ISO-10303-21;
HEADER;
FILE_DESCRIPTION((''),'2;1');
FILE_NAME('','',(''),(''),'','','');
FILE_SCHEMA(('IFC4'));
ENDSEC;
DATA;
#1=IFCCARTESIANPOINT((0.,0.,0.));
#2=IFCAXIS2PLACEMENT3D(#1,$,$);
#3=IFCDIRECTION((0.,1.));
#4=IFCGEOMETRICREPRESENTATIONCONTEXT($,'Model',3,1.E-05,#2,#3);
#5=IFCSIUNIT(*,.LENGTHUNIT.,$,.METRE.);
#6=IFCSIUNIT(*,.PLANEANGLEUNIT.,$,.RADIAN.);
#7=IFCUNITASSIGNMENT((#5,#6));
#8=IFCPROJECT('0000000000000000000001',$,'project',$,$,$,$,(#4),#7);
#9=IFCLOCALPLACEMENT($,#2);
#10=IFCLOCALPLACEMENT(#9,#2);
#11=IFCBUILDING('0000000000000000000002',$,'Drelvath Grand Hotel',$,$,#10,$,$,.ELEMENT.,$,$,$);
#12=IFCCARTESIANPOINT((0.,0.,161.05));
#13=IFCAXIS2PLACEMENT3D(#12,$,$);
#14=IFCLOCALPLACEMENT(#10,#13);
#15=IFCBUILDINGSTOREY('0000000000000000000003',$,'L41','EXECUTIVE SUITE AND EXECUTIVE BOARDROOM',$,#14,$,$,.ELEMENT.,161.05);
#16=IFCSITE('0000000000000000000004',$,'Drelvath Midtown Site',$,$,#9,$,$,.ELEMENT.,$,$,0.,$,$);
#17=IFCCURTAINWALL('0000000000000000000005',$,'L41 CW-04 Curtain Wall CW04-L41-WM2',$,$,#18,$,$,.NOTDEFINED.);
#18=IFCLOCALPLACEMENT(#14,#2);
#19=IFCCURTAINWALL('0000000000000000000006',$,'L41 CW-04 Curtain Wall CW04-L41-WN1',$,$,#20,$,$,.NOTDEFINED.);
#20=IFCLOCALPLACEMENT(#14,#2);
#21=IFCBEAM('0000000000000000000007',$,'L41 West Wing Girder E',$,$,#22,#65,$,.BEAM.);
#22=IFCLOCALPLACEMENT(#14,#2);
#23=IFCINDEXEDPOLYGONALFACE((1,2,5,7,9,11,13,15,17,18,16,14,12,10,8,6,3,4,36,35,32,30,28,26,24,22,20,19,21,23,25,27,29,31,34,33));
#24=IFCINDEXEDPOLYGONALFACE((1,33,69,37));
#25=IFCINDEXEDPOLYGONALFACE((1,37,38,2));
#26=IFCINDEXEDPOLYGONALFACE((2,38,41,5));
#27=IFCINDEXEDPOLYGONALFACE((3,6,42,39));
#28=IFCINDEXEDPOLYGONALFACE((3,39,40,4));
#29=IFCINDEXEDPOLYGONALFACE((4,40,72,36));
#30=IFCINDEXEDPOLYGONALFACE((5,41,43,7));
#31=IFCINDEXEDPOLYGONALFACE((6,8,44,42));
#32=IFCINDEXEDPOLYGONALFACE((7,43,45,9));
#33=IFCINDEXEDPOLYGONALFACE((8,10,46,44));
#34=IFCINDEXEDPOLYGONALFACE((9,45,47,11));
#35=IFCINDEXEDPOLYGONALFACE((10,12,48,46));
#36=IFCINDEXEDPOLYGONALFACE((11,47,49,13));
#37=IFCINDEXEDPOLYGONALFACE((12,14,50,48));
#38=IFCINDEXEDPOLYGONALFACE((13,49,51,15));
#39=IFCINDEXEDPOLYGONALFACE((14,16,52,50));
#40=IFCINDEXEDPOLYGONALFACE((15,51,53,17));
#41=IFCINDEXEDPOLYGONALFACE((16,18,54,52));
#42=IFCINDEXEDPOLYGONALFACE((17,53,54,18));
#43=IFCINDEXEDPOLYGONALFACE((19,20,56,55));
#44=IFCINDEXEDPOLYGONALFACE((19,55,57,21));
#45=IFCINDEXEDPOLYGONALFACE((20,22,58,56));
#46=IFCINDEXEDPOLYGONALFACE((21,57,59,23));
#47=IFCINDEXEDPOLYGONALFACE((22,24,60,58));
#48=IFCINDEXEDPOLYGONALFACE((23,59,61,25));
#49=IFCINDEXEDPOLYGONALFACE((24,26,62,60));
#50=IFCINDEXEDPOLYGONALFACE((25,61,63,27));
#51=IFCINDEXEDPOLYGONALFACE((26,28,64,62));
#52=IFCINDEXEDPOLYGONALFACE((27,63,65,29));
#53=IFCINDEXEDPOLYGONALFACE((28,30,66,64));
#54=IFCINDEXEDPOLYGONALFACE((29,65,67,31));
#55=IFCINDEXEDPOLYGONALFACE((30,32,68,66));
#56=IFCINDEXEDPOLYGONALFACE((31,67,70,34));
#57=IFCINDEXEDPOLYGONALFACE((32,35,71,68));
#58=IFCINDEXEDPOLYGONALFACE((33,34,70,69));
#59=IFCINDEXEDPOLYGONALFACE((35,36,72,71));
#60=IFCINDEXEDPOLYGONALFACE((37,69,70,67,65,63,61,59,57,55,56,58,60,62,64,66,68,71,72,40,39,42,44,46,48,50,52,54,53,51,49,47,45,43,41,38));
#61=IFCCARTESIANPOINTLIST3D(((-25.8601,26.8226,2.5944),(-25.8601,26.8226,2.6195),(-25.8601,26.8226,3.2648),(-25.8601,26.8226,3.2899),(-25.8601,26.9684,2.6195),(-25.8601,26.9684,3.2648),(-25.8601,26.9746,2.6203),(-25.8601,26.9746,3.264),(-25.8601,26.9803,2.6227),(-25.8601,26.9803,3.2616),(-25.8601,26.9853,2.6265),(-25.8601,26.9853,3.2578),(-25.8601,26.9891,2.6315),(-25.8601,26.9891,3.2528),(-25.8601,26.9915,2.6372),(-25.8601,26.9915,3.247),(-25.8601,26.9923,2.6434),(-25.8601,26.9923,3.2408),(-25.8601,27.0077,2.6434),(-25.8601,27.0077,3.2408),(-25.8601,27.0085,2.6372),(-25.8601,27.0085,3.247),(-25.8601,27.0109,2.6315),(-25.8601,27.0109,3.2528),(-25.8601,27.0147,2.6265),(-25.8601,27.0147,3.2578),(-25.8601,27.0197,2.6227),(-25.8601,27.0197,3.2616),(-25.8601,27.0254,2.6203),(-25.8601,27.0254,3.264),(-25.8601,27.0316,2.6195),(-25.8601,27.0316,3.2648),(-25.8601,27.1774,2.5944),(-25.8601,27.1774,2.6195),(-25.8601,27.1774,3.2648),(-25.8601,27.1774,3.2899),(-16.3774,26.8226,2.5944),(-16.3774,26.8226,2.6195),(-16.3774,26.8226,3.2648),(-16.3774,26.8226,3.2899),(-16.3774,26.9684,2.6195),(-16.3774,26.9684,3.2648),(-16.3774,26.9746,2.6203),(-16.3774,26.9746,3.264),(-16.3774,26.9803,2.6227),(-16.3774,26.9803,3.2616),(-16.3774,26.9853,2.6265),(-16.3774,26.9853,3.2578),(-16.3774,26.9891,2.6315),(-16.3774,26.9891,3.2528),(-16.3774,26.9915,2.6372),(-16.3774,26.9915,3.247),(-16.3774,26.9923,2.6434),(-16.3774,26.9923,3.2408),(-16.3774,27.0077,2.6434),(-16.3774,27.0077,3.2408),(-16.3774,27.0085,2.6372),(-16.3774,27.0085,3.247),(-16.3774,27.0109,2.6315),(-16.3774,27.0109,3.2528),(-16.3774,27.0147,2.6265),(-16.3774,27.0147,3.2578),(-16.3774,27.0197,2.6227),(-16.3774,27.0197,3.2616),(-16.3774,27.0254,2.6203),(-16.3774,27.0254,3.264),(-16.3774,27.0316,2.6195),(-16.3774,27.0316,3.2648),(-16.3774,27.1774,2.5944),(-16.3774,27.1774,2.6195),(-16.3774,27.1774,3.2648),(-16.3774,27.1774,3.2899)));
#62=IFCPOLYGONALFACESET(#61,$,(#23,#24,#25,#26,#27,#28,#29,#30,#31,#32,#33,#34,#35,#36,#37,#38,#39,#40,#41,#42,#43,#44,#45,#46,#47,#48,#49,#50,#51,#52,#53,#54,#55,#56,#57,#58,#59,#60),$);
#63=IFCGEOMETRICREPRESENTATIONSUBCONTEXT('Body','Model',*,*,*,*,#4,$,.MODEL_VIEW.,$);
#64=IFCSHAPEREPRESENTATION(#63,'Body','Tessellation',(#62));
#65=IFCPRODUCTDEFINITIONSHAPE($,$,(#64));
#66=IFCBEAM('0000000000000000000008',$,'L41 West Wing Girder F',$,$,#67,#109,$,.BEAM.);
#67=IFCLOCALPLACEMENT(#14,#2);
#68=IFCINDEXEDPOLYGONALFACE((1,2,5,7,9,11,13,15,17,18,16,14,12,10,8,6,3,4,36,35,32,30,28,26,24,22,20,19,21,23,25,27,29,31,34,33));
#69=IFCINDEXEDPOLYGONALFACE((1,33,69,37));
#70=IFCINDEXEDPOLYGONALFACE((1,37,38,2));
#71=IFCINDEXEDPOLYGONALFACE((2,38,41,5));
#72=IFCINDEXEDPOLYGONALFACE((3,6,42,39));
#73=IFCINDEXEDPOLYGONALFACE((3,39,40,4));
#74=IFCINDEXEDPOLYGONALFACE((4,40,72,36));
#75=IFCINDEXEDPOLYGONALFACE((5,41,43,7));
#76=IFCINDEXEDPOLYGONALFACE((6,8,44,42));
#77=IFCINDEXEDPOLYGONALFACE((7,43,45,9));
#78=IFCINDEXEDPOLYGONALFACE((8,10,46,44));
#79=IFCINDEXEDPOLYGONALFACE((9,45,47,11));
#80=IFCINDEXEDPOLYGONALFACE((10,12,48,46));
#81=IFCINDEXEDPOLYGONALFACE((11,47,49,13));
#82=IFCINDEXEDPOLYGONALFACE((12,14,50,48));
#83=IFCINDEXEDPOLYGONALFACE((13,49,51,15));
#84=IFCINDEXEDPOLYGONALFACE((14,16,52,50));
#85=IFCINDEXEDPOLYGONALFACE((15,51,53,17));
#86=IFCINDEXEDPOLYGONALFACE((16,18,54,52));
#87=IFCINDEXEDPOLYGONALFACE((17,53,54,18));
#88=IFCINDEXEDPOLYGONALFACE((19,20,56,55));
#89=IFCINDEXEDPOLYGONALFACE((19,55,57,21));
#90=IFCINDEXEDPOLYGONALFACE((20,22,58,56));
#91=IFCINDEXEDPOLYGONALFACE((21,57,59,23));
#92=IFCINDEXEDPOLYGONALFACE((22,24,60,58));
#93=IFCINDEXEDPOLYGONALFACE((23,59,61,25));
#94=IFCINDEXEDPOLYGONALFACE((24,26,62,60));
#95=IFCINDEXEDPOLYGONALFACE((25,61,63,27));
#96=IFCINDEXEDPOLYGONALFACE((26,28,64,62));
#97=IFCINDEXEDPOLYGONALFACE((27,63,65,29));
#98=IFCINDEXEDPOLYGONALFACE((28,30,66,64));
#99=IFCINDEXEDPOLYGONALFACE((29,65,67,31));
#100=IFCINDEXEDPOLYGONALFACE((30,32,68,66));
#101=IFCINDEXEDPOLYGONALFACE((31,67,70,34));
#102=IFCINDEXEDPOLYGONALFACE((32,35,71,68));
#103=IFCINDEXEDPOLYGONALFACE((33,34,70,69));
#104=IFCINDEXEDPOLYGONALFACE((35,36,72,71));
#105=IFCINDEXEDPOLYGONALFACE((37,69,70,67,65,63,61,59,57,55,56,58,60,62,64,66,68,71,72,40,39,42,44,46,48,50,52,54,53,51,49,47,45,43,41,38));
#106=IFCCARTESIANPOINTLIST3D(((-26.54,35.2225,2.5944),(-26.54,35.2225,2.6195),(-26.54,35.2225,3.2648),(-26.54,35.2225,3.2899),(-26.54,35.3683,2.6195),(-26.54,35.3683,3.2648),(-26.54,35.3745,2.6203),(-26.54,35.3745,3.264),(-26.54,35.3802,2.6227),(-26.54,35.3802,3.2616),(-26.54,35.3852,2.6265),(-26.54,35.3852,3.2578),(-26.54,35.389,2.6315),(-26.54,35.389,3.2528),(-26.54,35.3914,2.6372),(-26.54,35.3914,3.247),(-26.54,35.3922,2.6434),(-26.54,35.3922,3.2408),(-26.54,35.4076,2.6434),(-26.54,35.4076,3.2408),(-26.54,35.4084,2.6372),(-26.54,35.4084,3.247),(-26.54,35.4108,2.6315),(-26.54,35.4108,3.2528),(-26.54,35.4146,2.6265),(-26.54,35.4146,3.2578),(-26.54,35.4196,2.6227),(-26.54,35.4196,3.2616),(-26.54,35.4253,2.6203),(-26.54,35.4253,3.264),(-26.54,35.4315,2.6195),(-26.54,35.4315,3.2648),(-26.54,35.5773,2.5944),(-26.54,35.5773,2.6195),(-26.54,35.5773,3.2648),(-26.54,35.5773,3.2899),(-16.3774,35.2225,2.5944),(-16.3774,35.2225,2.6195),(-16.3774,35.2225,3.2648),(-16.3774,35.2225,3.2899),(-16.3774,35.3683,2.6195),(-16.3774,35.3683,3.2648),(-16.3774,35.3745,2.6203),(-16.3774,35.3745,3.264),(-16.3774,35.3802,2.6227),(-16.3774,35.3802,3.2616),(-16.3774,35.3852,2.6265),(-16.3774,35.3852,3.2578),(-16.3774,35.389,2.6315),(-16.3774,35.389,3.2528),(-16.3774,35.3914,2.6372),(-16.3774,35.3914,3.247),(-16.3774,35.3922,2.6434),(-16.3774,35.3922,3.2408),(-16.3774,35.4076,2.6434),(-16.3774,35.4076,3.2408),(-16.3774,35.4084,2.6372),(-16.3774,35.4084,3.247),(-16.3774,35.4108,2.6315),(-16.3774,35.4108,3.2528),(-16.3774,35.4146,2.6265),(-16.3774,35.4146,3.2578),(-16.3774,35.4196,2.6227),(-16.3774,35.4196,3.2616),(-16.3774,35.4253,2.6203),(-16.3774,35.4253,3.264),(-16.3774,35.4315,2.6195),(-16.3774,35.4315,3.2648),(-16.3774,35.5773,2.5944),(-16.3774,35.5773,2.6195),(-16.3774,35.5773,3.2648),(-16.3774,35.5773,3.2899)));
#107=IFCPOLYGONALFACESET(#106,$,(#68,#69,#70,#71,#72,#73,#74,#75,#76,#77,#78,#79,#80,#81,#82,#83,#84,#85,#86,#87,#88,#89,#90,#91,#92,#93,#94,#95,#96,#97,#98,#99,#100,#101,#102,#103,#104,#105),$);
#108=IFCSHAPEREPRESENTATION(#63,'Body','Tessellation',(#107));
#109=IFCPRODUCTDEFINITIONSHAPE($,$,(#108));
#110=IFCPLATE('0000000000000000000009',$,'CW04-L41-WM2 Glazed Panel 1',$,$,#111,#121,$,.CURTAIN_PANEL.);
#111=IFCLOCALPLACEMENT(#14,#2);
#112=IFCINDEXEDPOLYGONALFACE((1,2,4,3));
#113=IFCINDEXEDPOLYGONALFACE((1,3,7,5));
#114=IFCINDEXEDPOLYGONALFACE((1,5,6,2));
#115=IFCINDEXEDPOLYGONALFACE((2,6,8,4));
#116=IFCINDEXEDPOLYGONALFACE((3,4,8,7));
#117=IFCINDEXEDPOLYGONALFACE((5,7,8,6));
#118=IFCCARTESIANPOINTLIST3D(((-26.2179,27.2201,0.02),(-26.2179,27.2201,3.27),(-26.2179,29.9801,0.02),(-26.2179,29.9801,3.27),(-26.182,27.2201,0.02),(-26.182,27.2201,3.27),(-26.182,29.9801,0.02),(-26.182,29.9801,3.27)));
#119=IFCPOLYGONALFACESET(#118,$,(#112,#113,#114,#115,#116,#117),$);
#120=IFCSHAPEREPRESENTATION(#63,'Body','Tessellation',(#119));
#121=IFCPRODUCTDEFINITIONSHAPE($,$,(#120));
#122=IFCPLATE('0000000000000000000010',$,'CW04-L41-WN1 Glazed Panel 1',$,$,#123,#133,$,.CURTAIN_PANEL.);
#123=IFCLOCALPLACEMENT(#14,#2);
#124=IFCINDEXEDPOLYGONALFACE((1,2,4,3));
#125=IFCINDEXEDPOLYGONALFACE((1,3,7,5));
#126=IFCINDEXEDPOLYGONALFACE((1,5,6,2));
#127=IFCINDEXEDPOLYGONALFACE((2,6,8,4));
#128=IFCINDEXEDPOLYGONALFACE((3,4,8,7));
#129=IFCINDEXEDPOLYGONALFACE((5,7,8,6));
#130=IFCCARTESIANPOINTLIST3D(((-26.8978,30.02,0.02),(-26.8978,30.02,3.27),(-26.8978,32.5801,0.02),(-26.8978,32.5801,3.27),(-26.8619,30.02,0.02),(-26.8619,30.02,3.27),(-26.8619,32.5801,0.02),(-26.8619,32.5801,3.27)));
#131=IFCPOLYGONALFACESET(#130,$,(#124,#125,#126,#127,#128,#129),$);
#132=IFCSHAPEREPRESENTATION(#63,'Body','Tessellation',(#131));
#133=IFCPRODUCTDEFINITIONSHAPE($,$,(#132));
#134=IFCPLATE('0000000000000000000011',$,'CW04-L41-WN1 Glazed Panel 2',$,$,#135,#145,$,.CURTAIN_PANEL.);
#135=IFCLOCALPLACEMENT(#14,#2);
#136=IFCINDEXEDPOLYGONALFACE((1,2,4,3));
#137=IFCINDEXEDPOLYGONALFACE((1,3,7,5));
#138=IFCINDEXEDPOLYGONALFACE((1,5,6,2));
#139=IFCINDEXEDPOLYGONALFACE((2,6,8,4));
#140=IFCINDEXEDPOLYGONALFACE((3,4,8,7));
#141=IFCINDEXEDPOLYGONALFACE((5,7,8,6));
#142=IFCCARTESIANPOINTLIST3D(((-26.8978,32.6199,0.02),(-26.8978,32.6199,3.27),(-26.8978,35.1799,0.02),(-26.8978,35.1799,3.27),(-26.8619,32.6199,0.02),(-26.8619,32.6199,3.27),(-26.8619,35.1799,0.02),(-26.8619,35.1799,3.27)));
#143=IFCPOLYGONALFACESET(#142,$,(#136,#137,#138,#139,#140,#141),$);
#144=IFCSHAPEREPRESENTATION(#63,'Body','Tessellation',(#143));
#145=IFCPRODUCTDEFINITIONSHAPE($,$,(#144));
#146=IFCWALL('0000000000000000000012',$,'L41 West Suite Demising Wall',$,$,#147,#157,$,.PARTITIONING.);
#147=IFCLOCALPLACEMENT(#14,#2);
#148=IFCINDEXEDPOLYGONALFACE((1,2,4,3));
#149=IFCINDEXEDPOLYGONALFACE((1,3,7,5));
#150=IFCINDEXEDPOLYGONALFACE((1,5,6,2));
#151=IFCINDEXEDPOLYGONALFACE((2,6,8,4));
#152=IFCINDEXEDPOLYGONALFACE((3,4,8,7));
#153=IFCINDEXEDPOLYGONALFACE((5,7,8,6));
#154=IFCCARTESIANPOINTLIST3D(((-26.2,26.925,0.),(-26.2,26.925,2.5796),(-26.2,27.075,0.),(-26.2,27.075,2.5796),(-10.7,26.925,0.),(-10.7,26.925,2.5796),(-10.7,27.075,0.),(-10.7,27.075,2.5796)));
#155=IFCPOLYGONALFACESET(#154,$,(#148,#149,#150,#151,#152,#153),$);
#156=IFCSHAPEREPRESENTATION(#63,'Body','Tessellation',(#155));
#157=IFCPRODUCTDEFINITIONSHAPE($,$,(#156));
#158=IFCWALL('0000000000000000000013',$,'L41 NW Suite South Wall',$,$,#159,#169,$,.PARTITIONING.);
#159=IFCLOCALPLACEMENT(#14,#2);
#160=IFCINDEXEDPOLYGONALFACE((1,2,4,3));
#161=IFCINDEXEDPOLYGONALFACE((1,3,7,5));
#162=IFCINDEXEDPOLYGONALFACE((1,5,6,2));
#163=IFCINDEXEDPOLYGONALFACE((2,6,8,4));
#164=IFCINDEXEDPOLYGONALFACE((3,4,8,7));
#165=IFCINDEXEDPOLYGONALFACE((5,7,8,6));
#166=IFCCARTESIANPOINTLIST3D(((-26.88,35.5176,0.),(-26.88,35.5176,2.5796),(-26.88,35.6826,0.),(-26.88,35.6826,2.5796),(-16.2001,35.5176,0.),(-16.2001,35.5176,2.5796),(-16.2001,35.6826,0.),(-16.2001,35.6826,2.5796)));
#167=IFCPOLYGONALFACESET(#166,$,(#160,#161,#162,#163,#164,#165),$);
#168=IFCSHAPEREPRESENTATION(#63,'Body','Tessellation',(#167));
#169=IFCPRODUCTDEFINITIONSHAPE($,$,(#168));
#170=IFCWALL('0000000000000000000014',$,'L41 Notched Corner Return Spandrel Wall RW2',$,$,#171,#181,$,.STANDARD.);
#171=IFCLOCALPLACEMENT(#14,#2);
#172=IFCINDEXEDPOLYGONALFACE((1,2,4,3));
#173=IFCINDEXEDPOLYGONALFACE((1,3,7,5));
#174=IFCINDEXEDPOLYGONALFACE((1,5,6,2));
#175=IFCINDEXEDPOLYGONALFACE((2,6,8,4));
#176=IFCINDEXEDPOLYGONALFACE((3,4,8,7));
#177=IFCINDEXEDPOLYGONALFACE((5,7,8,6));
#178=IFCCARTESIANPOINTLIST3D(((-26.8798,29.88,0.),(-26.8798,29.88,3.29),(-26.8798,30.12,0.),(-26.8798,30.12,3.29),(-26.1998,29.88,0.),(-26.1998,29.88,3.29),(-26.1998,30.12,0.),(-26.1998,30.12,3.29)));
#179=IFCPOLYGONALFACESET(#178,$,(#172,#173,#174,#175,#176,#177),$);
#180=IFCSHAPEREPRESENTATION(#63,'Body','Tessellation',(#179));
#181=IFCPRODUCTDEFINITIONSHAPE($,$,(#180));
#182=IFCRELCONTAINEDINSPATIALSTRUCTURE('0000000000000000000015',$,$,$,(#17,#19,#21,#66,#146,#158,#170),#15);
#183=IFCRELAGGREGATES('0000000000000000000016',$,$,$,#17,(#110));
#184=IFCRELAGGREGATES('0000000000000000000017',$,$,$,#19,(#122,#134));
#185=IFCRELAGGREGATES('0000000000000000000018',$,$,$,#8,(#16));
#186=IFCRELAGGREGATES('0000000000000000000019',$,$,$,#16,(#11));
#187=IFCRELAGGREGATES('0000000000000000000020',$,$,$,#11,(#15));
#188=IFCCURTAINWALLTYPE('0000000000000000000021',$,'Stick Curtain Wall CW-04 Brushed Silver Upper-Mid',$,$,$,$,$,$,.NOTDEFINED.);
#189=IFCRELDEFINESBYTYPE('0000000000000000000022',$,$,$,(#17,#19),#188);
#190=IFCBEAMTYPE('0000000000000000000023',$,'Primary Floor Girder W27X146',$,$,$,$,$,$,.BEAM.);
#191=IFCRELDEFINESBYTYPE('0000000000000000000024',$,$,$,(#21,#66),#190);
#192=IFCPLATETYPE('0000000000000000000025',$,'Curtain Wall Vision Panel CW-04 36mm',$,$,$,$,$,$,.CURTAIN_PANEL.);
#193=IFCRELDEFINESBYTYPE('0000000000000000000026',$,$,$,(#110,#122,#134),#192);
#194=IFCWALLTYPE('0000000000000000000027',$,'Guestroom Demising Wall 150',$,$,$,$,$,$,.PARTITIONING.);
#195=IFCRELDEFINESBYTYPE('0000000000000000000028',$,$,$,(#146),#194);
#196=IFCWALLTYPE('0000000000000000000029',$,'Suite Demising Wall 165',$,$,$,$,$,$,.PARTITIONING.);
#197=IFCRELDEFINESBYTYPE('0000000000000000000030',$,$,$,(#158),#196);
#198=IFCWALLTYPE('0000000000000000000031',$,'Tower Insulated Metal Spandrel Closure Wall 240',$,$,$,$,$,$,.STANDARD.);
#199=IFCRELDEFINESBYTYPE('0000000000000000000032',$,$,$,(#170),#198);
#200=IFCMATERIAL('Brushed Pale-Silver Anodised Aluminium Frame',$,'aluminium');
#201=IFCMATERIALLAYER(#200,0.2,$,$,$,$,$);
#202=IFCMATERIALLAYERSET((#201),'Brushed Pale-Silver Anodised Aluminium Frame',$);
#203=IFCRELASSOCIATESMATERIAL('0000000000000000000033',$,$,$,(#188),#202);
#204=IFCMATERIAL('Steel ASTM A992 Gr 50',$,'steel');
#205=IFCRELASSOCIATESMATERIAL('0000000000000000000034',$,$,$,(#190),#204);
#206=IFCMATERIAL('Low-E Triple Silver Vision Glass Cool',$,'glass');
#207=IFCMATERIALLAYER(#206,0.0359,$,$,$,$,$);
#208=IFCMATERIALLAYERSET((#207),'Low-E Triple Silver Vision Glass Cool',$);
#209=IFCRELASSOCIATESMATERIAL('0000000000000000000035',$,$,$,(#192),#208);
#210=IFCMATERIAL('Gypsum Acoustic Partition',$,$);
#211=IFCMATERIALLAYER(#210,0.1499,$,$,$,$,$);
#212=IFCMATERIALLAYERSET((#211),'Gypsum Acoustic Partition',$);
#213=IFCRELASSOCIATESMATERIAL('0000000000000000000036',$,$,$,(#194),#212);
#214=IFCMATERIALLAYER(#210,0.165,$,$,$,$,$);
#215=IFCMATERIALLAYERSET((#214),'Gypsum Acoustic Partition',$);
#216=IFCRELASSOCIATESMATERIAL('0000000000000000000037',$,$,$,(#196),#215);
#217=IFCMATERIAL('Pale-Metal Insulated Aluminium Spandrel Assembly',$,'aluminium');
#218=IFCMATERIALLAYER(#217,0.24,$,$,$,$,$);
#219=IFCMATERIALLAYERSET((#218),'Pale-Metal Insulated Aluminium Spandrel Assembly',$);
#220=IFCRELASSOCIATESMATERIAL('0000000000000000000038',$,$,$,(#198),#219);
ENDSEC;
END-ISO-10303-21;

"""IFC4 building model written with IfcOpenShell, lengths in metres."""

from ifc_helpers import new_model, si_unit, direction, frame, frame_2d, origin, origin_2d, place, context, subcontext, project, spatial, rectangle, i_section, extrude, material, layer, layer_set, material_profile, profile_set, type_object, element, aggregate, save


model = new_model("IFC4")

# Units and contexts
model_context = context("Model", 3, precision=1e-05, world=origin(), true_north=direction((0.0, 1.0)))
body_context = subcontext(model_context, "Body", "Model", "MODEL_VIEW")
ifc_project = project(units=[si_unit("LENGTHUNIT", "METRE"), si_unit("PLANEANGLEUNIT", "RADIAN")], contexts=[model_context])

# Site, building, storey
site_placement = place(None, origin())
site = spatial("IfcSite", under=ifc_project, at=site_placement, Name="Drelvath Midtown Site", CompositionType="ELEMENT", RefElevation=0.0)
building_placement = place(site_placement, origin())
building = spatial("IfcBuilding", under=site, at=building_placement, Name="Drelvath Grand Hotel", CompositionType="ELEMENT")
storey_placement = place(building_placement, frame((0.0, 0.0, 161.05)))
storey = spatial("IfcBuildingStorey", under=building, at=storey_placement, Name="L41", Description="EXECUTIVE SUITE AND EXECUTIVE BOARDROOM", CompositionType="ELEMENT", Elevation=161.05)

# Curtain walls
ifc_material_1 = material(Name="Brushed Pale-Silver Anodised Aluminium Frame", Category="aluminium")
ifc_layer_1 = layer(ifc_material_1, 0.2)
ifc_layer_set_1 = layer_set([ifc_layer_1], Name="Brushed Pale-Silver Anodised Aluminium Frame")
curtain_wall_type = type_object("IfcCurtainWallType", Name="Stick Curtain Wall CW-04 Brushed Silver Upper-Mid", PredefinedType="NOTDEFINED", material=ifc_layer_set_1)
curtain_wall_1_placement = place(storey_placement, origin())
curtain_wall_1 = element("IfcCurtainWall", 1, at=curtain_wall_1_placement, inside=storey, type_object=curtain_wall_type, Name="L41 CW-04 Curtain Wall CW04-L41-WM2", PredefinedType="NOTDEFINED")
curtain_wall_2_placement = place(storey_placement, origin())
curtain_wall_2 = element("IfcCurtainWall", 2, at=curtain_wall_2_placement, inside=storey, type_object=curtain_wall_type, Name="L41 CW-04 Curtain Wall CW04-L41-WN1", PredefinedType="NOTDEFINED")

# Beams
ifc_material_2 = material(Name="Steel ASTM A992 Gr 50", Category="steel")
ifc_material_profile_1 = material_profile(ifc_material_2, i_section(OverallWidth=0.3547, OverallDepth=0.6956, WebThickness=0.0154, FlangeThickness=0.0251, FilletRadius=0.0239, at=origin_2d()), Name="W27X146")
ifc_profile_set_1 = profile_set([ifc_material_profile_1], Name="Steel ASTM A992 Gr 50")
beam_type_1 = type_object("IfcBeamType", Name="Primary Floor Girder W27X146", PredefinedType="BEAM", material=ifc_profile_set_1)
beam_1_placement = place(storey_placement, frame((-25.8601, 27.0, 2.9421), z_axis=(1.0, 0.0, 0.0), x_axis=(0.0, 1.0, 0.0)))
element("IfcBeam", 3, at=beam_1_placement, inside=storey, type_object=beam_type_1, Name="L41 West Wing Girder E", PredefinedType="BEAM", context=body_context, shape_type="SweptSolid", body=[
    extrude(i_section(OverallWidth=0.3547, OverallDepth=0.6956, WebThickness=0.0154, FlangeThickness=0.0251, FilletRadius=0.0239, at=origin_2d()), origin(), (0.0, 0.0, 1.0), 9.4827),
])
beam_2_placement = place(storey_placement, frame((-26.54, 35.3999, 2.9421), z_axis=(1.0, 0.0, 0.0), x_axis=(0.0, 1.0, 0.0)))
element("IfcBeam", 4, at=beam_2_placement, inside=storey, type_object=beam_type_1, Name="L41 West Wing Girder F", PredefinedType="BEAM", context=body_context, shape_type="SweptSolid", body=[
    extrude(i_section(OverallWidth=0.3547, OverallDepth=0.6956, WebThickness=0.0154, FlangeThickness=0.0251, FilletRadius=0.0239, at=origin_2d()), origin(), (0.0, 0.0, 1.0), 10.1626),
])

# Plates
ifc_material_3 = material(Name="Low-E Triple Silver Vision Glass Cool", Category="glass")
ifc_layer_2 = layer(ifc_material_3, 0.0359)
ifc_layer_set_2 = layer_set([ifc_layer_2], Name="Low-E Triple Silver Vision Glass Cool")
plate_type = type_object("IfcPlateType", Name="Curtain Wall Vision Panel CW-04 36mm", PredefinedType="CURTAIN_PANEL", material=ifc_layer_set_2)
plate_1_placement = place(storey_placement, frame((-26.2, 28.6001, 0.02), z_axis=(0.0, 0.0, 1.0), x_axis=(0.0, 1.0, 0.0)))
plate_1 = element("IfcPlate", 5, at=plate_1_placement, type_object=plate_type, Name="CW04-L41-WM2 Glazed Panel 1", PredefinedType="CURTAIN_PANEL", context=body_context, shape_type="SweptSolid", body=[
    extrude(rectangle(XDim=2.76, YDim=0.0359, at=origin_2d()), origin(), (0.0, 0.0, 1.0), 3.25),
])
aggregate(curtain_wall_1, [plate_1])
plate_2_placement = place(storey_placement, frame((-26.8799, 31.3, 0.02), z_axis=(0.0, 0.0, 1.0), x_axis=(0.0, 1.0, 0.0)))
plate_2 = element("IfcPlate", 6, at=plate_2_placement, type_object=plate_type, Name="CW04-L41-WN1 Glazed Panel 1", PredefinedType="CURTAIN_PANEL", context=body_context, shape_type="SweptSolid", body=[
    extrude(rectangle(XDim=2.5601, YDim=0.0359, at=origin_2d()), origin(), (0.0, 0.0, 1.0), 3.25),
])
plate_3_placement = place(storey_placement, frame((-26.8799, 33.8999, 0.02), z_axis=(0.0, 0.0, 1.0), x_axis=(0.0, 1.0, 0.0)))
plate_3 = element("IfcPlate", 7, at=plate_3_placement, type_object=plate_type, Name="CW04-L41-WN1 Glazed Panel 2", PredefinedType="CURTAIN_PANEL", context=body_context, shape_type="SweptSolid", body=[
    extrude(rectangle(XDim=2.5601, YDim=0.0359, at=origin_2d()), origin(), (0.0, 0.0, 1.0), 3.25),
])
aggregate(curtain_wall_2, [plate_2, plate_3])

# Walls
ifc_material_4 = material(Name="Gypsum Acoustic Partition")
ifc_layer_3 = layer(ifc_material_4, 0.1499)
ifc_layer_set_3 = layer_set([ifc_layer_3], Name="Gypsum Acoustic Partition")
wall_type_1 = type_object("IfcWallType", Name="Guestroom Demising Wall 150", PredefinedType="PARTITIONING", material=ifc_layer_set_3)
wall_1_placement = place(storey_placement, frame((-26.2, 27.0, 0.0), z_axis=(0.0, 0.0, 1.0), x_axis=(1.0, 0.0, 0.0)))
element("IfcWall", 8, at=wall_1_placement, inside=storey, type_object=wall_type_1, Name="L41 West Suite Demising Wall", PredefinedType="PARTITIONING", context=body_context, shape_type="SweptSolid", body=[
    extrude(rectangle(XDim=15.5, YDim=0.1499, at=frame_2d((7.75, 0.0))), origin(), (0.0, 0.0, 1.0), 2.5796),
])
ifc_layer_4 = layer(ifc_material_4, 0.165)
ifc_layer_set_4 = layer_set([ifc_layer_4], Name="Gypsum Acoustic Partition")
wall_type_2 = type_object("IfcWallType", Name="Suite Demising Wall 165", PredefinedType="PARTITIONING", material=ifc_layer_set_4)
wall_2_placement = place(storey_placement, frame((-26.8799, 35.6001, 0.0), z_axis=(0.0, 0.0, 1.0), x_axis=(1.0, 0.0, 0.0)))
element("IfcWall", 9, at=wall_2_placement, inside=storey, type_object=wall_type_2, Name="L41 NW Suite South Wall", PredefinedType="PARTITIONING", context=body_context, shape_type="SweptSolid", body=[
    extrude(rectangle(XDim=10.6799, YDim=0.165, at=frame_2d((5.3398, 0.0))), origin(), (0.0, 0.0, 1.0), 2.5796),
])
ifc_material_5 = material(Name="Pale-Metal Insulated Aluminium Spandrel Assembly", Category="aluminium")
ifc_layer_5 = layer(ifc_material_5, 0.24)
ifc_layer_set_5 = layer_set([ifc_layer_5], Name="Pale-Metal Insulated Aluminium Spandrel Assembly")
wall_type_3 = type_object("IfcWallType", Name="Tower Insulated Metal Spandrel Closure Wall 240", PredefinedType="STANDARD", material=ifc_layer_set_5)
wall_3_placement = place(storey_placement, frame((-26.2, 30.0, 0.0), z_axis=(0.0, 0.0, 1.0), x_axis=(-1.0, 0.0, 0.0)))
element("IfcWall", 10, at=wall_3_placement, inside=storey, type_object=wall_type_3, Name="L41 Notched Corner Return Spandrel Wall RW2", PredefinedType="STANDARD", context=body_context, shape_type="SweptSolid", body=[
    extrude(rectangle(XDim=0.6799, YDim=0.24, at=frame_2d((0.3398, 0.0))), origin(), (0.0, 0.0, 1.0), 3.29),
])

save(model, "model.ifc")
